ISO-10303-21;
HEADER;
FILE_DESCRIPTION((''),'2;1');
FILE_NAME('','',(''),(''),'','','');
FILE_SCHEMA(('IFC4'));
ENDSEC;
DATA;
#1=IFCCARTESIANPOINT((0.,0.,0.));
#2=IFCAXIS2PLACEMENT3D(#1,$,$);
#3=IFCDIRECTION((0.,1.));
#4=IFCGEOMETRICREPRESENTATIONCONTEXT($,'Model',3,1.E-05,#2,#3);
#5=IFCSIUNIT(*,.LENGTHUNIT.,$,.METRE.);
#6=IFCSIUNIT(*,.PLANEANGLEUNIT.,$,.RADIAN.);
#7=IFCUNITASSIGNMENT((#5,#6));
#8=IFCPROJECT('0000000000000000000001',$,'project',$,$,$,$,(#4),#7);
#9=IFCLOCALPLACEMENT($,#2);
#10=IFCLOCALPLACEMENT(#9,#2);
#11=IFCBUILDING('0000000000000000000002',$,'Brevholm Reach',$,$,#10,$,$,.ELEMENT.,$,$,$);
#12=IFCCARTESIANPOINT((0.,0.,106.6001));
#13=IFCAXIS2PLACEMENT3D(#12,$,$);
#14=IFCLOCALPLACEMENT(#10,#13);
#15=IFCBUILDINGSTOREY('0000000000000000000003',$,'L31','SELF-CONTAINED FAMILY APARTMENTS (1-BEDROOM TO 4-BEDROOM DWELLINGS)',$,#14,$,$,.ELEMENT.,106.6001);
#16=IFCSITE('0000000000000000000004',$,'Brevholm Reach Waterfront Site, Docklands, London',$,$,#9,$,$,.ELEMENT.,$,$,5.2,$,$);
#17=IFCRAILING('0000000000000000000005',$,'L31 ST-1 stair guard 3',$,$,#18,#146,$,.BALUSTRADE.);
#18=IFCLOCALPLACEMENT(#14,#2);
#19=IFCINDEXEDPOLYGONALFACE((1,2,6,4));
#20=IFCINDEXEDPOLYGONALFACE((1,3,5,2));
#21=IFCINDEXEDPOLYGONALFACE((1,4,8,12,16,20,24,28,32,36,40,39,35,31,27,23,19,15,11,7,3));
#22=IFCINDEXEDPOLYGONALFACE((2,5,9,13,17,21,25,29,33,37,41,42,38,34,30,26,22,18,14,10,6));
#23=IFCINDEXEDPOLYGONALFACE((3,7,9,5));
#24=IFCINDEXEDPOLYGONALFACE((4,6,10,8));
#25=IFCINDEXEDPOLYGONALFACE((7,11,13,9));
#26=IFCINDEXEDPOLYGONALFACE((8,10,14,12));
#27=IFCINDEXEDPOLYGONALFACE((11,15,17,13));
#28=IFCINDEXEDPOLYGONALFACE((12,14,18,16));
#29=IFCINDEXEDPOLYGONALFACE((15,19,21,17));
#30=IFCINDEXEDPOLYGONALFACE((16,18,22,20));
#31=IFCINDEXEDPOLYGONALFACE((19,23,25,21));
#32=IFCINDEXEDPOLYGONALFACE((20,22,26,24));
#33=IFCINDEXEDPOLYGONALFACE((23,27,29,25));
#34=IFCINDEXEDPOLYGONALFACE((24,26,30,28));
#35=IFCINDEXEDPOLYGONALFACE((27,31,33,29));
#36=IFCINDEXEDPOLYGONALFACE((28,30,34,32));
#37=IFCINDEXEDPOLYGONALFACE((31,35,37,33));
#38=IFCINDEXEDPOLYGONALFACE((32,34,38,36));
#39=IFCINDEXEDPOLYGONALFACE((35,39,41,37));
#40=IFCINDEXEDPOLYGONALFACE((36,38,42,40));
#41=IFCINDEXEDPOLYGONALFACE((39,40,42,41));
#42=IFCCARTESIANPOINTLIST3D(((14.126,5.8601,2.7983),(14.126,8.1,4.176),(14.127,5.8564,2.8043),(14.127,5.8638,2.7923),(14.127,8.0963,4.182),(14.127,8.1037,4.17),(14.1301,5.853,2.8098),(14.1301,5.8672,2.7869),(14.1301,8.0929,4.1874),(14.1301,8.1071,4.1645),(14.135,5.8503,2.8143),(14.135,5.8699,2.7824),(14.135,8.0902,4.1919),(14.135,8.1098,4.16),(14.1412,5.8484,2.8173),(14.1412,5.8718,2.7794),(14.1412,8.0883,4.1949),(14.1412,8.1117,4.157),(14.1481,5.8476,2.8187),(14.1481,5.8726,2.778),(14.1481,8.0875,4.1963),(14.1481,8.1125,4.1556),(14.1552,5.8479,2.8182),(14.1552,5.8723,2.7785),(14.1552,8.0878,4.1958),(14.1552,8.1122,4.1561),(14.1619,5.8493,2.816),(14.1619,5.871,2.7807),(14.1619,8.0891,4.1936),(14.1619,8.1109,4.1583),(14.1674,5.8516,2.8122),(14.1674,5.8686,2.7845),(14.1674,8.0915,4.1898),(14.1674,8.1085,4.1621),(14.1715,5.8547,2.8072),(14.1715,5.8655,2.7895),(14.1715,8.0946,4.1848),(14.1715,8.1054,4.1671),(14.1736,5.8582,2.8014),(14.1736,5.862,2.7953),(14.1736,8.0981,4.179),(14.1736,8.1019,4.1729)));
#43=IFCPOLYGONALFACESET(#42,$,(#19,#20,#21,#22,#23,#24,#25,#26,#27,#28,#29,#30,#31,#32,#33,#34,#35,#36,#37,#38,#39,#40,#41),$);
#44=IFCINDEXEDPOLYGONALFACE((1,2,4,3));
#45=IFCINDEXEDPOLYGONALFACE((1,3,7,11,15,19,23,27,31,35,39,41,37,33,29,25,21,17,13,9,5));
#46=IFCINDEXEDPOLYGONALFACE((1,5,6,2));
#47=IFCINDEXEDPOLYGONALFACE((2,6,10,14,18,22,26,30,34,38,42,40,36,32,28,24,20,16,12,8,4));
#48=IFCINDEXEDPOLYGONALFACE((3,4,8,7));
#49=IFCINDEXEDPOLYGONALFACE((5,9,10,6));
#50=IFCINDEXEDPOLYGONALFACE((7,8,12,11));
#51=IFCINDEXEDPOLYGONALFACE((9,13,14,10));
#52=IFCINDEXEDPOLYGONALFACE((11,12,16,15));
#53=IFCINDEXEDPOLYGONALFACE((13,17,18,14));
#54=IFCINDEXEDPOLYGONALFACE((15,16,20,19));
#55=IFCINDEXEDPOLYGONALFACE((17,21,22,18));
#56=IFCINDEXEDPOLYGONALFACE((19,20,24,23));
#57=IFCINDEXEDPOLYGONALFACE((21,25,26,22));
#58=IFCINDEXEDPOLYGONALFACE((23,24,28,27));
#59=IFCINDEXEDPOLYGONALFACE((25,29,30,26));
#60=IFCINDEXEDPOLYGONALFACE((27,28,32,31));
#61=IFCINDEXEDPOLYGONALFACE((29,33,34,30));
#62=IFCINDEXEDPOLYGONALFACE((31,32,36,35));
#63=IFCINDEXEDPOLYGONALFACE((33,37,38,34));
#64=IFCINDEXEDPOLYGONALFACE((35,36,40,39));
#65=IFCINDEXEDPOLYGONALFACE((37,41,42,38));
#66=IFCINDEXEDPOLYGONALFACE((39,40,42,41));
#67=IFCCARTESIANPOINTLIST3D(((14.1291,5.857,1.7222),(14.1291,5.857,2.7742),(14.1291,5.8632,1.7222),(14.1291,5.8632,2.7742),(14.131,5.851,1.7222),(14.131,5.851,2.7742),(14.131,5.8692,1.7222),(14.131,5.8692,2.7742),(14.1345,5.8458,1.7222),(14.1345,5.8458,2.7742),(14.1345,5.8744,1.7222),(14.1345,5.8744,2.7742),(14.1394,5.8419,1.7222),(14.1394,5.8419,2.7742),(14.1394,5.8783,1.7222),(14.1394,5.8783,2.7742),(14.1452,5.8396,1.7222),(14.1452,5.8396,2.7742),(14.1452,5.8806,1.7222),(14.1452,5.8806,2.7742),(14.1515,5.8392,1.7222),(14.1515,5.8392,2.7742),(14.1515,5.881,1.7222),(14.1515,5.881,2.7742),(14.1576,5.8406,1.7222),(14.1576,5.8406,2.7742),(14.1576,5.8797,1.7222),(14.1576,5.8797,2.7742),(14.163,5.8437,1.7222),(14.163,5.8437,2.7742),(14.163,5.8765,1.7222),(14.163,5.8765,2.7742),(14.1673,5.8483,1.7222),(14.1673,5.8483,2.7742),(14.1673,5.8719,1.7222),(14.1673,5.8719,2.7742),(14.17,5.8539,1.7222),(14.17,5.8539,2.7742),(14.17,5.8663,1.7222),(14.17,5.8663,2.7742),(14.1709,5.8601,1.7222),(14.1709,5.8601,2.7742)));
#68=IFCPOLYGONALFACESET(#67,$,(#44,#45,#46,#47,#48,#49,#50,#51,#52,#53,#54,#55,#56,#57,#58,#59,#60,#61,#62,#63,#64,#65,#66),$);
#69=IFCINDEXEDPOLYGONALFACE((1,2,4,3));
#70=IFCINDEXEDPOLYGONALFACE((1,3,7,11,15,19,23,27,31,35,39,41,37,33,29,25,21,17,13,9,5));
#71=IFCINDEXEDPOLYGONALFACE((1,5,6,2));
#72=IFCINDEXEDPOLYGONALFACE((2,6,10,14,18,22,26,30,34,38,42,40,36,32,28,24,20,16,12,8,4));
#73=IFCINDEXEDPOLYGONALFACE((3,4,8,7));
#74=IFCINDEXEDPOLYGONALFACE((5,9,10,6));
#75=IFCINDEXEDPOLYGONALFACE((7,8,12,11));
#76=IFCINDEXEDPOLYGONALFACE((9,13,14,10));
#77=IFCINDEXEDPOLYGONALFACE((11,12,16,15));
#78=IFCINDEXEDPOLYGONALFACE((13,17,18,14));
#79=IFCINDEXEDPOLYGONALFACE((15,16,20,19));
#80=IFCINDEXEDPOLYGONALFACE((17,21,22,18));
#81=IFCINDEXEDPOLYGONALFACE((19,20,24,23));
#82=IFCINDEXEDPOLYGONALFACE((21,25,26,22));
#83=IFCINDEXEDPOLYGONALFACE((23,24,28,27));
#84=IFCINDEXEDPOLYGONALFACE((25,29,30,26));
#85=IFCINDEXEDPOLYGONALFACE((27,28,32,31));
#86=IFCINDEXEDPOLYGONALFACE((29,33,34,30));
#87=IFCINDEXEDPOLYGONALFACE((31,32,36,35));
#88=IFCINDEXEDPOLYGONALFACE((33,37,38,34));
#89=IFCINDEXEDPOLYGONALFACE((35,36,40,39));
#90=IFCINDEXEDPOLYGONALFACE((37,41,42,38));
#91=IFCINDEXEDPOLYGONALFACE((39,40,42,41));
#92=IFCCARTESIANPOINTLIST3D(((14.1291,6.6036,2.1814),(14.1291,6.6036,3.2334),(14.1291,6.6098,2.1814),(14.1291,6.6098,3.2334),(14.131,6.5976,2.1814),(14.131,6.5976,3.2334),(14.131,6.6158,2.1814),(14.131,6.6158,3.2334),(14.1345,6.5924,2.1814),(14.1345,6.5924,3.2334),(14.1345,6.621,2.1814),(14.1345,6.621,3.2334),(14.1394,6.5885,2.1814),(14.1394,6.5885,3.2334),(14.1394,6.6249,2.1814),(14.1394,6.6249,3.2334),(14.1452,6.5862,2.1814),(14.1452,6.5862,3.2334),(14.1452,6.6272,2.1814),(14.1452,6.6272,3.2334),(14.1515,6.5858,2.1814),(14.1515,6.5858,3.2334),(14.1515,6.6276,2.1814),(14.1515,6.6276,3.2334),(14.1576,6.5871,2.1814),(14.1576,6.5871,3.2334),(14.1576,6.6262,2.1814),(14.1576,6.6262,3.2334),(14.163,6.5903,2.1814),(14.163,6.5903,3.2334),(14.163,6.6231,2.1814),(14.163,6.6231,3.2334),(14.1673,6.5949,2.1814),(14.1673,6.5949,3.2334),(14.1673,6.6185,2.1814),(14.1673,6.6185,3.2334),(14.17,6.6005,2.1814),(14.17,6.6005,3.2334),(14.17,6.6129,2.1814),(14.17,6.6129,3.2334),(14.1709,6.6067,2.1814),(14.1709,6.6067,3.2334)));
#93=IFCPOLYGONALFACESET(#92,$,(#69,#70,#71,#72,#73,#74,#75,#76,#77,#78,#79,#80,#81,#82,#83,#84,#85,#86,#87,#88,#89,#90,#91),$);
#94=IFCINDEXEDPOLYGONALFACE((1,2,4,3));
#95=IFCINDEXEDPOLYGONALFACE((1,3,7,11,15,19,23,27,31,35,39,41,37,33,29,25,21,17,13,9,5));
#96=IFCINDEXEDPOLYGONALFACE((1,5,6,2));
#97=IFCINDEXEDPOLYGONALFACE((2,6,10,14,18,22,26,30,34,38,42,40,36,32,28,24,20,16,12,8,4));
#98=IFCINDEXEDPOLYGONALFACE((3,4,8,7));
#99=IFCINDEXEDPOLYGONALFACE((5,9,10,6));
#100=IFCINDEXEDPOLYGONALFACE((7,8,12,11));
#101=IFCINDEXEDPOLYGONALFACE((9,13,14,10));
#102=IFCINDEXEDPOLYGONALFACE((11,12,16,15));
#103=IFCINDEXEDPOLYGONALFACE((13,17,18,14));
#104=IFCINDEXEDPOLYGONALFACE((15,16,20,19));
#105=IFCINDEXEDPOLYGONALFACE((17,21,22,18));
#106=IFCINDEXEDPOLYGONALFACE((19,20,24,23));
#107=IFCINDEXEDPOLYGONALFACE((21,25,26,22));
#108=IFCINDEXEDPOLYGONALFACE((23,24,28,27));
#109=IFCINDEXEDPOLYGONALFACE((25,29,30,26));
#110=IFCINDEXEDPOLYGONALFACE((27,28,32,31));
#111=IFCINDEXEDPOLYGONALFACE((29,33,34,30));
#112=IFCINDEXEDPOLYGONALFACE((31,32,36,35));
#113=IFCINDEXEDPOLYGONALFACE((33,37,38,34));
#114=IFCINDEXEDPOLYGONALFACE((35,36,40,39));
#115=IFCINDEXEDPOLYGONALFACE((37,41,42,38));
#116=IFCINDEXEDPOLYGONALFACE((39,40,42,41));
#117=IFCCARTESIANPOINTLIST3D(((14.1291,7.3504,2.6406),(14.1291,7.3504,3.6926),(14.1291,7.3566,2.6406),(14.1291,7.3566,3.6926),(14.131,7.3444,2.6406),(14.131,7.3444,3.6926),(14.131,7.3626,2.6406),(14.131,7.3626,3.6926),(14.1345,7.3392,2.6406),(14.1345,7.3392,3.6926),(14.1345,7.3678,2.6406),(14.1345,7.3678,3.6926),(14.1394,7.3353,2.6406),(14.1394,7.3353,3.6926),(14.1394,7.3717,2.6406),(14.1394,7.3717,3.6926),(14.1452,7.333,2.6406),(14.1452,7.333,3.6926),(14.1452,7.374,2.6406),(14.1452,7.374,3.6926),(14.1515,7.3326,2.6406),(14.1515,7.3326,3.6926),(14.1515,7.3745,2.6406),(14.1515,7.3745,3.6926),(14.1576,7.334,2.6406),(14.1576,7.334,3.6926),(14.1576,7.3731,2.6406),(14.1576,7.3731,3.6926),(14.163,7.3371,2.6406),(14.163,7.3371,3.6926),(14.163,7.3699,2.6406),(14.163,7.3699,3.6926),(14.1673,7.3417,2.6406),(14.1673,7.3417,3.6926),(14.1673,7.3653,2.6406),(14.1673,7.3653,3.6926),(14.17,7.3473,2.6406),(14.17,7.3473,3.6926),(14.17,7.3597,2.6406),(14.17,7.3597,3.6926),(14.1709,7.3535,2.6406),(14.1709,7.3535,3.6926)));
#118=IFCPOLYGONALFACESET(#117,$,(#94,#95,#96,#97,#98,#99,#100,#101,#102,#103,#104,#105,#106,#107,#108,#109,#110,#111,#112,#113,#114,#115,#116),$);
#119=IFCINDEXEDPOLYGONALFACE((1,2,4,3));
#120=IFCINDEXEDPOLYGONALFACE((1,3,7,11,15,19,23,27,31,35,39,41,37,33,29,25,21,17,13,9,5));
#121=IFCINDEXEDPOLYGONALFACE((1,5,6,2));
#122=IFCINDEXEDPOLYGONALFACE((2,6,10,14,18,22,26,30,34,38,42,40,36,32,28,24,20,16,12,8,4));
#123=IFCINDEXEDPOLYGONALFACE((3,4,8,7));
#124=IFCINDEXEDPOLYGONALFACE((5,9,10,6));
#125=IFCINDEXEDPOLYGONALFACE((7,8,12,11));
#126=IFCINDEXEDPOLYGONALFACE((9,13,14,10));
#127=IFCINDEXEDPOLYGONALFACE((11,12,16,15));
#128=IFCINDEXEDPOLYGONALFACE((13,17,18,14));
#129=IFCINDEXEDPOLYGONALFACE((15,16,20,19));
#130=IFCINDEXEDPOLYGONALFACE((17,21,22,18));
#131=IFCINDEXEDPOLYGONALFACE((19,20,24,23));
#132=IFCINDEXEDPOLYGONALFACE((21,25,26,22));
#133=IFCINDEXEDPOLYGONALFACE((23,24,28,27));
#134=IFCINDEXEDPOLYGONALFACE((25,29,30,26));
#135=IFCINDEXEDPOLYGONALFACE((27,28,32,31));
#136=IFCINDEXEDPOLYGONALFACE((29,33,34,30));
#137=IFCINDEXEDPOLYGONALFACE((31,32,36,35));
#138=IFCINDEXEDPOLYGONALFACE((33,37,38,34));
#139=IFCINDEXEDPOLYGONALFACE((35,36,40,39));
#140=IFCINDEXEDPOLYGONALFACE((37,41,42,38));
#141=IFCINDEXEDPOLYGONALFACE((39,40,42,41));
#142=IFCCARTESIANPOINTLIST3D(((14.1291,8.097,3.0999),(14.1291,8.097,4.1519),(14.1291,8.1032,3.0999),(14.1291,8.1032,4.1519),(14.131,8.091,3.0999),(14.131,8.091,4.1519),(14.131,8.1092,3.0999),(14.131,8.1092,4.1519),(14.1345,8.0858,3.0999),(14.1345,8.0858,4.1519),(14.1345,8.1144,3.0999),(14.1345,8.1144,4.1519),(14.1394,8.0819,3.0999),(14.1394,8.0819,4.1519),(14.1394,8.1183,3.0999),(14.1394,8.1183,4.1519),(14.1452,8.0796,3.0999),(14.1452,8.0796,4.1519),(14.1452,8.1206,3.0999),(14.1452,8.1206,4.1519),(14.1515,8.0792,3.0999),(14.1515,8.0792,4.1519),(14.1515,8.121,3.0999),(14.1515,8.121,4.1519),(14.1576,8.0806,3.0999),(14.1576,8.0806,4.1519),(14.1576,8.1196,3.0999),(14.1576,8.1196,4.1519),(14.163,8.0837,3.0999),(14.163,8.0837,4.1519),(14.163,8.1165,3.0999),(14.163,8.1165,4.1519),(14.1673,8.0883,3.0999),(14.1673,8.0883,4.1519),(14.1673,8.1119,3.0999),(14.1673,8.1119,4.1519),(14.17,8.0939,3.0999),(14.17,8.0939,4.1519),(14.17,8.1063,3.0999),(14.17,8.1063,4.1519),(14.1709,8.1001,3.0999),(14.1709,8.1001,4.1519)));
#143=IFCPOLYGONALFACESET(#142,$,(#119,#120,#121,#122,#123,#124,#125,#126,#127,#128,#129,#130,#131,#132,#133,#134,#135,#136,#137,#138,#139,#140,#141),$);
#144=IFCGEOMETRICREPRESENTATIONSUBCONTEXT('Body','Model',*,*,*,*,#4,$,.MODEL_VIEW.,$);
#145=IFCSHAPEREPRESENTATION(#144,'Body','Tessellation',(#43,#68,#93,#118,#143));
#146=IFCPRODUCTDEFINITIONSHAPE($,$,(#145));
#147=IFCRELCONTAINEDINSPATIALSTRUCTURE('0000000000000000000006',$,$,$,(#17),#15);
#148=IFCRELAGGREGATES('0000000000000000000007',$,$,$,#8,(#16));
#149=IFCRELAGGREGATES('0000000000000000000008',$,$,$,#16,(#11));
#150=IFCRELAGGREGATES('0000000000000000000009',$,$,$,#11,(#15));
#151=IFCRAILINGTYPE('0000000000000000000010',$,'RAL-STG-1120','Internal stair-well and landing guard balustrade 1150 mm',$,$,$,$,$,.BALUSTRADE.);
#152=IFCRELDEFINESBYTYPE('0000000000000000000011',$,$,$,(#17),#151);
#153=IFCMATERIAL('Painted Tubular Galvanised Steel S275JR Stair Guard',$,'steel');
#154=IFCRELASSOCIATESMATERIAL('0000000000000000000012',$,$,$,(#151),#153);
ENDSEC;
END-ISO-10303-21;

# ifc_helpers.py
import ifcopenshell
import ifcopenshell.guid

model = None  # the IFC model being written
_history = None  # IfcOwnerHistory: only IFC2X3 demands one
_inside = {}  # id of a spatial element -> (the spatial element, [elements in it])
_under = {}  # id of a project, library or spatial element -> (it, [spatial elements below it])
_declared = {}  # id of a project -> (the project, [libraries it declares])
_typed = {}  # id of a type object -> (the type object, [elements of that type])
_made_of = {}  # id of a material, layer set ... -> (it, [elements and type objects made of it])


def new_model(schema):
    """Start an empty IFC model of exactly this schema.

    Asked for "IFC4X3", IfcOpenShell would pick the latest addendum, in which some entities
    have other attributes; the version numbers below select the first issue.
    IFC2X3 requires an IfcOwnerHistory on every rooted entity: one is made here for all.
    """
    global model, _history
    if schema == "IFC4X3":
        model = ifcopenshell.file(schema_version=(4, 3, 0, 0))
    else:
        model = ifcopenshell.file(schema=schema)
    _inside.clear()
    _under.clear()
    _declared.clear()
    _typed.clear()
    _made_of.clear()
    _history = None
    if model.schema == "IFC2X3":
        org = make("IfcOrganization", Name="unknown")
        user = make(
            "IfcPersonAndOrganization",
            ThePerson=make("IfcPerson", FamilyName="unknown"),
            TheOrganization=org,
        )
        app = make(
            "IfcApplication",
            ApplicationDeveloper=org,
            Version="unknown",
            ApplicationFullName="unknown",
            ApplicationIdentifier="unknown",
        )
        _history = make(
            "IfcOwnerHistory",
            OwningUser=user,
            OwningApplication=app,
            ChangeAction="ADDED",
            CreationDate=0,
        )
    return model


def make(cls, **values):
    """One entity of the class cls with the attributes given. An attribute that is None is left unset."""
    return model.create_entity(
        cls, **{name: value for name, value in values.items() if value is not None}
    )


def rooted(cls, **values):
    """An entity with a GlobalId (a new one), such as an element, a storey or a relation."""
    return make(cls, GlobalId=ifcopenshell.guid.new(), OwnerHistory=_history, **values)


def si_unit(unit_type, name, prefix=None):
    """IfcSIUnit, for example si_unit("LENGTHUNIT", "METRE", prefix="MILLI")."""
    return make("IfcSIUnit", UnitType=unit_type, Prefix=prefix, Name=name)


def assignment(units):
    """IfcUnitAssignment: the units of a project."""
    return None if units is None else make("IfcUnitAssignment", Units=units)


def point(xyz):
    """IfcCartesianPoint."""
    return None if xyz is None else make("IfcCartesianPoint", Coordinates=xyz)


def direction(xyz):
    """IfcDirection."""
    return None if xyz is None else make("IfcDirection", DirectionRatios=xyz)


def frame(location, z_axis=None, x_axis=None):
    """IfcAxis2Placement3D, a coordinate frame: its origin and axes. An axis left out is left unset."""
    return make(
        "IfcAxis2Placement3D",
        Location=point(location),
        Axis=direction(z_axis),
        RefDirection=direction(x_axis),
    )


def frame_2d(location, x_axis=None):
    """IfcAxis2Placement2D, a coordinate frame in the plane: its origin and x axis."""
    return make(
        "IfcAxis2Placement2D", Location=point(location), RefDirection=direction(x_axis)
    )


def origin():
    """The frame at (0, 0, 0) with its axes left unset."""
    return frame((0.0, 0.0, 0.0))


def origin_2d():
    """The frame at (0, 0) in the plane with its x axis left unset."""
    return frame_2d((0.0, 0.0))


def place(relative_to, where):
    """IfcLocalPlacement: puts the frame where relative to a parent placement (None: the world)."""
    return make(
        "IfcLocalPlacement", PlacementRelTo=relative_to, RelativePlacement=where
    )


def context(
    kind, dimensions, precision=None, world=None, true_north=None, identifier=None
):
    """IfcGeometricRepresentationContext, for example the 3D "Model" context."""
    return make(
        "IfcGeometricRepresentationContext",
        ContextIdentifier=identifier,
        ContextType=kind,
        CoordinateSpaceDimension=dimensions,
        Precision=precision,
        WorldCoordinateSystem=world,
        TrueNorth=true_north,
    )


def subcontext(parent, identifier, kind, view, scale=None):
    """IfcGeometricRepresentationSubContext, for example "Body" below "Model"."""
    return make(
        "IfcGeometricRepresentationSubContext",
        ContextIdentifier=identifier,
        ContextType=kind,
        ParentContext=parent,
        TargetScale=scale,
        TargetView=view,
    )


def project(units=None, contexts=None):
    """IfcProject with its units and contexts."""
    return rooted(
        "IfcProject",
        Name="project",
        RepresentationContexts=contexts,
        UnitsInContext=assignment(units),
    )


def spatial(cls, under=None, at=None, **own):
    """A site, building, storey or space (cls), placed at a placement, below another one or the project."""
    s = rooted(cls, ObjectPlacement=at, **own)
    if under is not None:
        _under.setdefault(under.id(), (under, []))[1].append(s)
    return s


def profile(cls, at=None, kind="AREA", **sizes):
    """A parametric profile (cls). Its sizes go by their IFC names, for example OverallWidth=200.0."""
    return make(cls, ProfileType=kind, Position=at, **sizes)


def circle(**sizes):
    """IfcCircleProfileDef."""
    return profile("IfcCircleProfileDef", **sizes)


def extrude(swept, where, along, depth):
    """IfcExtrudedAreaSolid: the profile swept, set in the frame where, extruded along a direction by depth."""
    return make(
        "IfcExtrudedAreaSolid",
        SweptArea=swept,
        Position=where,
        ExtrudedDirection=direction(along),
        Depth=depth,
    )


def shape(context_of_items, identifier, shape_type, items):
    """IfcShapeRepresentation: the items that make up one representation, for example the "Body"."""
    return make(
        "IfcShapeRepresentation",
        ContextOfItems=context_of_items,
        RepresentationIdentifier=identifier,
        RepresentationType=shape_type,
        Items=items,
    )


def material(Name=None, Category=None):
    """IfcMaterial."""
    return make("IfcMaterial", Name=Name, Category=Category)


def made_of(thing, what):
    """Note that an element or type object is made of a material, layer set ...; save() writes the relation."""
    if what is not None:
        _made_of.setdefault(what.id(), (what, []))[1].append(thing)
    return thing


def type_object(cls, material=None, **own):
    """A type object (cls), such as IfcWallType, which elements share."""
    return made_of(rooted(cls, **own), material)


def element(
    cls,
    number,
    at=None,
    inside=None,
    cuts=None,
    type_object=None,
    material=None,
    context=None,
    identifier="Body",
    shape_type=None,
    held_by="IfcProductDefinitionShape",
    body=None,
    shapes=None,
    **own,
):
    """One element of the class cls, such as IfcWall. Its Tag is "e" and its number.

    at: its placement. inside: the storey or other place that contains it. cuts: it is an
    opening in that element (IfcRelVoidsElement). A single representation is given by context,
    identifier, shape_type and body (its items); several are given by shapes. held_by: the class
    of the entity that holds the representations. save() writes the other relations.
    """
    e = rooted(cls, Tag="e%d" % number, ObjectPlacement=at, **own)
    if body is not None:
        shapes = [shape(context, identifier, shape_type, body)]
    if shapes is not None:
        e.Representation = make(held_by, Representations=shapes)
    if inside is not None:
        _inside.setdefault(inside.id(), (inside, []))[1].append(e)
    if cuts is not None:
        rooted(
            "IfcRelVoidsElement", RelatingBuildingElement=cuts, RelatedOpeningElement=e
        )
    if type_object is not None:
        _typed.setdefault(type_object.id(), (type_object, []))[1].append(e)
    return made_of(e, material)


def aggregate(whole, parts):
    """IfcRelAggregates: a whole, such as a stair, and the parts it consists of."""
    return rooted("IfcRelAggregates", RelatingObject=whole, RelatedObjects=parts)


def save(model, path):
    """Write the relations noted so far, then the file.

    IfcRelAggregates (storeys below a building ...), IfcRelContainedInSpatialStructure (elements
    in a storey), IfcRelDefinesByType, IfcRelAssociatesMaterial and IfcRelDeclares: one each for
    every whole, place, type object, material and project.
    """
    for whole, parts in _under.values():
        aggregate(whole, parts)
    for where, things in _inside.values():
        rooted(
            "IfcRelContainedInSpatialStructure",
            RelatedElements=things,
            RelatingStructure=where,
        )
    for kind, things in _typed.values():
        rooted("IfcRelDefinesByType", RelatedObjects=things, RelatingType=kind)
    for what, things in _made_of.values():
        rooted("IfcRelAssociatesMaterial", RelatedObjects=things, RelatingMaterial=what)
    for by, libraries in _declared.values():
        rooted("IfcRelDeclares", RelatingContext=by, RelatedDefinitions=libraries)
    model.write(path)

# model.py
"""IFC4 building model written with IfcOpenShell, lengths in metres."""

from ifc_helpers import new_model, si_unit, direction, frame, origin, origin_2d, place, context, subcontext, project, spatial, circle, extrude, material, type_object, element, save


model = new_model("IFC4")

# Units and contexts
model_context = context("Model", 3, precision=1e-05, world=origin(), true_north=direction((0.0, 1.0)))
body_context = subcontext(model_context, "Body", "Model", "MODEL_VIEW")
ifc_project = project(units=[si_unit("LENGTHUNIT", "METRE"), si_unit("PLANEANGLEUNIT", "RADIAN")], contexts=[model_context])

# Site, building, storey
site_placement = place(None, origin())
site = spatial("IfcSite", under=ifc_project, at=site_placement, Name="Brevholm Reach Waterfront Site, Docklands, London", CompositionType="ELEMENT", RefElevation=5.2)
building_placement = place(site_placement, origin())
building = spatial("IfcBuilding", under=site, at=building_placement, Name="Brevholm Reach", CompositionType="ELEMENT")
storey_placement = place(building_placement, frame((0.0, 0.0, 106.6001)))
storey = spatial("IfcBuildingStorey", under=building, at=storey_placement, Name="L31", Description="SELF-CONTAINED FAMILY APARTMENTS (1-BEDROOM TO 4-BEDROOM DWELLINGS)", CompositionType="ELEMENT", Elevation=106.6001)

# Railing
ifc_material_1 = material(Name="Painted Tubular Galvanised Steel S275JR Stair Guard", Category="steel")
railing_type_1 = type_object("IfcRailingType", Name="RAL-STG-1120", Description="Internal stair-well and landing guard balustrade 1150 mm", PredefinedType="BALUSTRADE", material=ifc_material_1)
railing_1_placement = place(storey_placement, frame((14.1499, 5.8601, 1.7222)))
element("IfcRailing", 1, at=railing_1_placement, inside=storey, type_object=railing_type_1, Name="L31 ST-1 stair guard 3", PredefinedType="BALUSTRADE", context=body_context, shape_type="SweptSolid", body=[
    extrude(circle(Radius=0.0239, at=origin_2d()), frame((0.0, 0.0, 1.0762), z_axis=(0.0, 0.851789, 0.523885), x_axis=(-1.0, 0.0, 0.0)), (0.0, 0.0, 1.0), 2.6296),
    extrude(circle(Radius=0.021, at=origin_2d()), origin(), (0.0, 0.0, 1.0), 1.052),
    extrude(circle(Radius=0.021, at=origin_2d()), frame((0.0, 0.7466, 0.4592)), (0.0, 0.0, 1.0), 1.052),
    extrude(circle(Radius=0.021, at=origin_2d()), frame((0.0, 1.4934, 0.9185)), (0.0, 0.0, 1.0), 1.052),
    extrude(circle(Radius=0.021, at=origin_2d()), frame((0.0, 2.24, 1.3777)), (0.0, 0.0, 1.0), 1.052),
])

save(model, "model.ifc")
